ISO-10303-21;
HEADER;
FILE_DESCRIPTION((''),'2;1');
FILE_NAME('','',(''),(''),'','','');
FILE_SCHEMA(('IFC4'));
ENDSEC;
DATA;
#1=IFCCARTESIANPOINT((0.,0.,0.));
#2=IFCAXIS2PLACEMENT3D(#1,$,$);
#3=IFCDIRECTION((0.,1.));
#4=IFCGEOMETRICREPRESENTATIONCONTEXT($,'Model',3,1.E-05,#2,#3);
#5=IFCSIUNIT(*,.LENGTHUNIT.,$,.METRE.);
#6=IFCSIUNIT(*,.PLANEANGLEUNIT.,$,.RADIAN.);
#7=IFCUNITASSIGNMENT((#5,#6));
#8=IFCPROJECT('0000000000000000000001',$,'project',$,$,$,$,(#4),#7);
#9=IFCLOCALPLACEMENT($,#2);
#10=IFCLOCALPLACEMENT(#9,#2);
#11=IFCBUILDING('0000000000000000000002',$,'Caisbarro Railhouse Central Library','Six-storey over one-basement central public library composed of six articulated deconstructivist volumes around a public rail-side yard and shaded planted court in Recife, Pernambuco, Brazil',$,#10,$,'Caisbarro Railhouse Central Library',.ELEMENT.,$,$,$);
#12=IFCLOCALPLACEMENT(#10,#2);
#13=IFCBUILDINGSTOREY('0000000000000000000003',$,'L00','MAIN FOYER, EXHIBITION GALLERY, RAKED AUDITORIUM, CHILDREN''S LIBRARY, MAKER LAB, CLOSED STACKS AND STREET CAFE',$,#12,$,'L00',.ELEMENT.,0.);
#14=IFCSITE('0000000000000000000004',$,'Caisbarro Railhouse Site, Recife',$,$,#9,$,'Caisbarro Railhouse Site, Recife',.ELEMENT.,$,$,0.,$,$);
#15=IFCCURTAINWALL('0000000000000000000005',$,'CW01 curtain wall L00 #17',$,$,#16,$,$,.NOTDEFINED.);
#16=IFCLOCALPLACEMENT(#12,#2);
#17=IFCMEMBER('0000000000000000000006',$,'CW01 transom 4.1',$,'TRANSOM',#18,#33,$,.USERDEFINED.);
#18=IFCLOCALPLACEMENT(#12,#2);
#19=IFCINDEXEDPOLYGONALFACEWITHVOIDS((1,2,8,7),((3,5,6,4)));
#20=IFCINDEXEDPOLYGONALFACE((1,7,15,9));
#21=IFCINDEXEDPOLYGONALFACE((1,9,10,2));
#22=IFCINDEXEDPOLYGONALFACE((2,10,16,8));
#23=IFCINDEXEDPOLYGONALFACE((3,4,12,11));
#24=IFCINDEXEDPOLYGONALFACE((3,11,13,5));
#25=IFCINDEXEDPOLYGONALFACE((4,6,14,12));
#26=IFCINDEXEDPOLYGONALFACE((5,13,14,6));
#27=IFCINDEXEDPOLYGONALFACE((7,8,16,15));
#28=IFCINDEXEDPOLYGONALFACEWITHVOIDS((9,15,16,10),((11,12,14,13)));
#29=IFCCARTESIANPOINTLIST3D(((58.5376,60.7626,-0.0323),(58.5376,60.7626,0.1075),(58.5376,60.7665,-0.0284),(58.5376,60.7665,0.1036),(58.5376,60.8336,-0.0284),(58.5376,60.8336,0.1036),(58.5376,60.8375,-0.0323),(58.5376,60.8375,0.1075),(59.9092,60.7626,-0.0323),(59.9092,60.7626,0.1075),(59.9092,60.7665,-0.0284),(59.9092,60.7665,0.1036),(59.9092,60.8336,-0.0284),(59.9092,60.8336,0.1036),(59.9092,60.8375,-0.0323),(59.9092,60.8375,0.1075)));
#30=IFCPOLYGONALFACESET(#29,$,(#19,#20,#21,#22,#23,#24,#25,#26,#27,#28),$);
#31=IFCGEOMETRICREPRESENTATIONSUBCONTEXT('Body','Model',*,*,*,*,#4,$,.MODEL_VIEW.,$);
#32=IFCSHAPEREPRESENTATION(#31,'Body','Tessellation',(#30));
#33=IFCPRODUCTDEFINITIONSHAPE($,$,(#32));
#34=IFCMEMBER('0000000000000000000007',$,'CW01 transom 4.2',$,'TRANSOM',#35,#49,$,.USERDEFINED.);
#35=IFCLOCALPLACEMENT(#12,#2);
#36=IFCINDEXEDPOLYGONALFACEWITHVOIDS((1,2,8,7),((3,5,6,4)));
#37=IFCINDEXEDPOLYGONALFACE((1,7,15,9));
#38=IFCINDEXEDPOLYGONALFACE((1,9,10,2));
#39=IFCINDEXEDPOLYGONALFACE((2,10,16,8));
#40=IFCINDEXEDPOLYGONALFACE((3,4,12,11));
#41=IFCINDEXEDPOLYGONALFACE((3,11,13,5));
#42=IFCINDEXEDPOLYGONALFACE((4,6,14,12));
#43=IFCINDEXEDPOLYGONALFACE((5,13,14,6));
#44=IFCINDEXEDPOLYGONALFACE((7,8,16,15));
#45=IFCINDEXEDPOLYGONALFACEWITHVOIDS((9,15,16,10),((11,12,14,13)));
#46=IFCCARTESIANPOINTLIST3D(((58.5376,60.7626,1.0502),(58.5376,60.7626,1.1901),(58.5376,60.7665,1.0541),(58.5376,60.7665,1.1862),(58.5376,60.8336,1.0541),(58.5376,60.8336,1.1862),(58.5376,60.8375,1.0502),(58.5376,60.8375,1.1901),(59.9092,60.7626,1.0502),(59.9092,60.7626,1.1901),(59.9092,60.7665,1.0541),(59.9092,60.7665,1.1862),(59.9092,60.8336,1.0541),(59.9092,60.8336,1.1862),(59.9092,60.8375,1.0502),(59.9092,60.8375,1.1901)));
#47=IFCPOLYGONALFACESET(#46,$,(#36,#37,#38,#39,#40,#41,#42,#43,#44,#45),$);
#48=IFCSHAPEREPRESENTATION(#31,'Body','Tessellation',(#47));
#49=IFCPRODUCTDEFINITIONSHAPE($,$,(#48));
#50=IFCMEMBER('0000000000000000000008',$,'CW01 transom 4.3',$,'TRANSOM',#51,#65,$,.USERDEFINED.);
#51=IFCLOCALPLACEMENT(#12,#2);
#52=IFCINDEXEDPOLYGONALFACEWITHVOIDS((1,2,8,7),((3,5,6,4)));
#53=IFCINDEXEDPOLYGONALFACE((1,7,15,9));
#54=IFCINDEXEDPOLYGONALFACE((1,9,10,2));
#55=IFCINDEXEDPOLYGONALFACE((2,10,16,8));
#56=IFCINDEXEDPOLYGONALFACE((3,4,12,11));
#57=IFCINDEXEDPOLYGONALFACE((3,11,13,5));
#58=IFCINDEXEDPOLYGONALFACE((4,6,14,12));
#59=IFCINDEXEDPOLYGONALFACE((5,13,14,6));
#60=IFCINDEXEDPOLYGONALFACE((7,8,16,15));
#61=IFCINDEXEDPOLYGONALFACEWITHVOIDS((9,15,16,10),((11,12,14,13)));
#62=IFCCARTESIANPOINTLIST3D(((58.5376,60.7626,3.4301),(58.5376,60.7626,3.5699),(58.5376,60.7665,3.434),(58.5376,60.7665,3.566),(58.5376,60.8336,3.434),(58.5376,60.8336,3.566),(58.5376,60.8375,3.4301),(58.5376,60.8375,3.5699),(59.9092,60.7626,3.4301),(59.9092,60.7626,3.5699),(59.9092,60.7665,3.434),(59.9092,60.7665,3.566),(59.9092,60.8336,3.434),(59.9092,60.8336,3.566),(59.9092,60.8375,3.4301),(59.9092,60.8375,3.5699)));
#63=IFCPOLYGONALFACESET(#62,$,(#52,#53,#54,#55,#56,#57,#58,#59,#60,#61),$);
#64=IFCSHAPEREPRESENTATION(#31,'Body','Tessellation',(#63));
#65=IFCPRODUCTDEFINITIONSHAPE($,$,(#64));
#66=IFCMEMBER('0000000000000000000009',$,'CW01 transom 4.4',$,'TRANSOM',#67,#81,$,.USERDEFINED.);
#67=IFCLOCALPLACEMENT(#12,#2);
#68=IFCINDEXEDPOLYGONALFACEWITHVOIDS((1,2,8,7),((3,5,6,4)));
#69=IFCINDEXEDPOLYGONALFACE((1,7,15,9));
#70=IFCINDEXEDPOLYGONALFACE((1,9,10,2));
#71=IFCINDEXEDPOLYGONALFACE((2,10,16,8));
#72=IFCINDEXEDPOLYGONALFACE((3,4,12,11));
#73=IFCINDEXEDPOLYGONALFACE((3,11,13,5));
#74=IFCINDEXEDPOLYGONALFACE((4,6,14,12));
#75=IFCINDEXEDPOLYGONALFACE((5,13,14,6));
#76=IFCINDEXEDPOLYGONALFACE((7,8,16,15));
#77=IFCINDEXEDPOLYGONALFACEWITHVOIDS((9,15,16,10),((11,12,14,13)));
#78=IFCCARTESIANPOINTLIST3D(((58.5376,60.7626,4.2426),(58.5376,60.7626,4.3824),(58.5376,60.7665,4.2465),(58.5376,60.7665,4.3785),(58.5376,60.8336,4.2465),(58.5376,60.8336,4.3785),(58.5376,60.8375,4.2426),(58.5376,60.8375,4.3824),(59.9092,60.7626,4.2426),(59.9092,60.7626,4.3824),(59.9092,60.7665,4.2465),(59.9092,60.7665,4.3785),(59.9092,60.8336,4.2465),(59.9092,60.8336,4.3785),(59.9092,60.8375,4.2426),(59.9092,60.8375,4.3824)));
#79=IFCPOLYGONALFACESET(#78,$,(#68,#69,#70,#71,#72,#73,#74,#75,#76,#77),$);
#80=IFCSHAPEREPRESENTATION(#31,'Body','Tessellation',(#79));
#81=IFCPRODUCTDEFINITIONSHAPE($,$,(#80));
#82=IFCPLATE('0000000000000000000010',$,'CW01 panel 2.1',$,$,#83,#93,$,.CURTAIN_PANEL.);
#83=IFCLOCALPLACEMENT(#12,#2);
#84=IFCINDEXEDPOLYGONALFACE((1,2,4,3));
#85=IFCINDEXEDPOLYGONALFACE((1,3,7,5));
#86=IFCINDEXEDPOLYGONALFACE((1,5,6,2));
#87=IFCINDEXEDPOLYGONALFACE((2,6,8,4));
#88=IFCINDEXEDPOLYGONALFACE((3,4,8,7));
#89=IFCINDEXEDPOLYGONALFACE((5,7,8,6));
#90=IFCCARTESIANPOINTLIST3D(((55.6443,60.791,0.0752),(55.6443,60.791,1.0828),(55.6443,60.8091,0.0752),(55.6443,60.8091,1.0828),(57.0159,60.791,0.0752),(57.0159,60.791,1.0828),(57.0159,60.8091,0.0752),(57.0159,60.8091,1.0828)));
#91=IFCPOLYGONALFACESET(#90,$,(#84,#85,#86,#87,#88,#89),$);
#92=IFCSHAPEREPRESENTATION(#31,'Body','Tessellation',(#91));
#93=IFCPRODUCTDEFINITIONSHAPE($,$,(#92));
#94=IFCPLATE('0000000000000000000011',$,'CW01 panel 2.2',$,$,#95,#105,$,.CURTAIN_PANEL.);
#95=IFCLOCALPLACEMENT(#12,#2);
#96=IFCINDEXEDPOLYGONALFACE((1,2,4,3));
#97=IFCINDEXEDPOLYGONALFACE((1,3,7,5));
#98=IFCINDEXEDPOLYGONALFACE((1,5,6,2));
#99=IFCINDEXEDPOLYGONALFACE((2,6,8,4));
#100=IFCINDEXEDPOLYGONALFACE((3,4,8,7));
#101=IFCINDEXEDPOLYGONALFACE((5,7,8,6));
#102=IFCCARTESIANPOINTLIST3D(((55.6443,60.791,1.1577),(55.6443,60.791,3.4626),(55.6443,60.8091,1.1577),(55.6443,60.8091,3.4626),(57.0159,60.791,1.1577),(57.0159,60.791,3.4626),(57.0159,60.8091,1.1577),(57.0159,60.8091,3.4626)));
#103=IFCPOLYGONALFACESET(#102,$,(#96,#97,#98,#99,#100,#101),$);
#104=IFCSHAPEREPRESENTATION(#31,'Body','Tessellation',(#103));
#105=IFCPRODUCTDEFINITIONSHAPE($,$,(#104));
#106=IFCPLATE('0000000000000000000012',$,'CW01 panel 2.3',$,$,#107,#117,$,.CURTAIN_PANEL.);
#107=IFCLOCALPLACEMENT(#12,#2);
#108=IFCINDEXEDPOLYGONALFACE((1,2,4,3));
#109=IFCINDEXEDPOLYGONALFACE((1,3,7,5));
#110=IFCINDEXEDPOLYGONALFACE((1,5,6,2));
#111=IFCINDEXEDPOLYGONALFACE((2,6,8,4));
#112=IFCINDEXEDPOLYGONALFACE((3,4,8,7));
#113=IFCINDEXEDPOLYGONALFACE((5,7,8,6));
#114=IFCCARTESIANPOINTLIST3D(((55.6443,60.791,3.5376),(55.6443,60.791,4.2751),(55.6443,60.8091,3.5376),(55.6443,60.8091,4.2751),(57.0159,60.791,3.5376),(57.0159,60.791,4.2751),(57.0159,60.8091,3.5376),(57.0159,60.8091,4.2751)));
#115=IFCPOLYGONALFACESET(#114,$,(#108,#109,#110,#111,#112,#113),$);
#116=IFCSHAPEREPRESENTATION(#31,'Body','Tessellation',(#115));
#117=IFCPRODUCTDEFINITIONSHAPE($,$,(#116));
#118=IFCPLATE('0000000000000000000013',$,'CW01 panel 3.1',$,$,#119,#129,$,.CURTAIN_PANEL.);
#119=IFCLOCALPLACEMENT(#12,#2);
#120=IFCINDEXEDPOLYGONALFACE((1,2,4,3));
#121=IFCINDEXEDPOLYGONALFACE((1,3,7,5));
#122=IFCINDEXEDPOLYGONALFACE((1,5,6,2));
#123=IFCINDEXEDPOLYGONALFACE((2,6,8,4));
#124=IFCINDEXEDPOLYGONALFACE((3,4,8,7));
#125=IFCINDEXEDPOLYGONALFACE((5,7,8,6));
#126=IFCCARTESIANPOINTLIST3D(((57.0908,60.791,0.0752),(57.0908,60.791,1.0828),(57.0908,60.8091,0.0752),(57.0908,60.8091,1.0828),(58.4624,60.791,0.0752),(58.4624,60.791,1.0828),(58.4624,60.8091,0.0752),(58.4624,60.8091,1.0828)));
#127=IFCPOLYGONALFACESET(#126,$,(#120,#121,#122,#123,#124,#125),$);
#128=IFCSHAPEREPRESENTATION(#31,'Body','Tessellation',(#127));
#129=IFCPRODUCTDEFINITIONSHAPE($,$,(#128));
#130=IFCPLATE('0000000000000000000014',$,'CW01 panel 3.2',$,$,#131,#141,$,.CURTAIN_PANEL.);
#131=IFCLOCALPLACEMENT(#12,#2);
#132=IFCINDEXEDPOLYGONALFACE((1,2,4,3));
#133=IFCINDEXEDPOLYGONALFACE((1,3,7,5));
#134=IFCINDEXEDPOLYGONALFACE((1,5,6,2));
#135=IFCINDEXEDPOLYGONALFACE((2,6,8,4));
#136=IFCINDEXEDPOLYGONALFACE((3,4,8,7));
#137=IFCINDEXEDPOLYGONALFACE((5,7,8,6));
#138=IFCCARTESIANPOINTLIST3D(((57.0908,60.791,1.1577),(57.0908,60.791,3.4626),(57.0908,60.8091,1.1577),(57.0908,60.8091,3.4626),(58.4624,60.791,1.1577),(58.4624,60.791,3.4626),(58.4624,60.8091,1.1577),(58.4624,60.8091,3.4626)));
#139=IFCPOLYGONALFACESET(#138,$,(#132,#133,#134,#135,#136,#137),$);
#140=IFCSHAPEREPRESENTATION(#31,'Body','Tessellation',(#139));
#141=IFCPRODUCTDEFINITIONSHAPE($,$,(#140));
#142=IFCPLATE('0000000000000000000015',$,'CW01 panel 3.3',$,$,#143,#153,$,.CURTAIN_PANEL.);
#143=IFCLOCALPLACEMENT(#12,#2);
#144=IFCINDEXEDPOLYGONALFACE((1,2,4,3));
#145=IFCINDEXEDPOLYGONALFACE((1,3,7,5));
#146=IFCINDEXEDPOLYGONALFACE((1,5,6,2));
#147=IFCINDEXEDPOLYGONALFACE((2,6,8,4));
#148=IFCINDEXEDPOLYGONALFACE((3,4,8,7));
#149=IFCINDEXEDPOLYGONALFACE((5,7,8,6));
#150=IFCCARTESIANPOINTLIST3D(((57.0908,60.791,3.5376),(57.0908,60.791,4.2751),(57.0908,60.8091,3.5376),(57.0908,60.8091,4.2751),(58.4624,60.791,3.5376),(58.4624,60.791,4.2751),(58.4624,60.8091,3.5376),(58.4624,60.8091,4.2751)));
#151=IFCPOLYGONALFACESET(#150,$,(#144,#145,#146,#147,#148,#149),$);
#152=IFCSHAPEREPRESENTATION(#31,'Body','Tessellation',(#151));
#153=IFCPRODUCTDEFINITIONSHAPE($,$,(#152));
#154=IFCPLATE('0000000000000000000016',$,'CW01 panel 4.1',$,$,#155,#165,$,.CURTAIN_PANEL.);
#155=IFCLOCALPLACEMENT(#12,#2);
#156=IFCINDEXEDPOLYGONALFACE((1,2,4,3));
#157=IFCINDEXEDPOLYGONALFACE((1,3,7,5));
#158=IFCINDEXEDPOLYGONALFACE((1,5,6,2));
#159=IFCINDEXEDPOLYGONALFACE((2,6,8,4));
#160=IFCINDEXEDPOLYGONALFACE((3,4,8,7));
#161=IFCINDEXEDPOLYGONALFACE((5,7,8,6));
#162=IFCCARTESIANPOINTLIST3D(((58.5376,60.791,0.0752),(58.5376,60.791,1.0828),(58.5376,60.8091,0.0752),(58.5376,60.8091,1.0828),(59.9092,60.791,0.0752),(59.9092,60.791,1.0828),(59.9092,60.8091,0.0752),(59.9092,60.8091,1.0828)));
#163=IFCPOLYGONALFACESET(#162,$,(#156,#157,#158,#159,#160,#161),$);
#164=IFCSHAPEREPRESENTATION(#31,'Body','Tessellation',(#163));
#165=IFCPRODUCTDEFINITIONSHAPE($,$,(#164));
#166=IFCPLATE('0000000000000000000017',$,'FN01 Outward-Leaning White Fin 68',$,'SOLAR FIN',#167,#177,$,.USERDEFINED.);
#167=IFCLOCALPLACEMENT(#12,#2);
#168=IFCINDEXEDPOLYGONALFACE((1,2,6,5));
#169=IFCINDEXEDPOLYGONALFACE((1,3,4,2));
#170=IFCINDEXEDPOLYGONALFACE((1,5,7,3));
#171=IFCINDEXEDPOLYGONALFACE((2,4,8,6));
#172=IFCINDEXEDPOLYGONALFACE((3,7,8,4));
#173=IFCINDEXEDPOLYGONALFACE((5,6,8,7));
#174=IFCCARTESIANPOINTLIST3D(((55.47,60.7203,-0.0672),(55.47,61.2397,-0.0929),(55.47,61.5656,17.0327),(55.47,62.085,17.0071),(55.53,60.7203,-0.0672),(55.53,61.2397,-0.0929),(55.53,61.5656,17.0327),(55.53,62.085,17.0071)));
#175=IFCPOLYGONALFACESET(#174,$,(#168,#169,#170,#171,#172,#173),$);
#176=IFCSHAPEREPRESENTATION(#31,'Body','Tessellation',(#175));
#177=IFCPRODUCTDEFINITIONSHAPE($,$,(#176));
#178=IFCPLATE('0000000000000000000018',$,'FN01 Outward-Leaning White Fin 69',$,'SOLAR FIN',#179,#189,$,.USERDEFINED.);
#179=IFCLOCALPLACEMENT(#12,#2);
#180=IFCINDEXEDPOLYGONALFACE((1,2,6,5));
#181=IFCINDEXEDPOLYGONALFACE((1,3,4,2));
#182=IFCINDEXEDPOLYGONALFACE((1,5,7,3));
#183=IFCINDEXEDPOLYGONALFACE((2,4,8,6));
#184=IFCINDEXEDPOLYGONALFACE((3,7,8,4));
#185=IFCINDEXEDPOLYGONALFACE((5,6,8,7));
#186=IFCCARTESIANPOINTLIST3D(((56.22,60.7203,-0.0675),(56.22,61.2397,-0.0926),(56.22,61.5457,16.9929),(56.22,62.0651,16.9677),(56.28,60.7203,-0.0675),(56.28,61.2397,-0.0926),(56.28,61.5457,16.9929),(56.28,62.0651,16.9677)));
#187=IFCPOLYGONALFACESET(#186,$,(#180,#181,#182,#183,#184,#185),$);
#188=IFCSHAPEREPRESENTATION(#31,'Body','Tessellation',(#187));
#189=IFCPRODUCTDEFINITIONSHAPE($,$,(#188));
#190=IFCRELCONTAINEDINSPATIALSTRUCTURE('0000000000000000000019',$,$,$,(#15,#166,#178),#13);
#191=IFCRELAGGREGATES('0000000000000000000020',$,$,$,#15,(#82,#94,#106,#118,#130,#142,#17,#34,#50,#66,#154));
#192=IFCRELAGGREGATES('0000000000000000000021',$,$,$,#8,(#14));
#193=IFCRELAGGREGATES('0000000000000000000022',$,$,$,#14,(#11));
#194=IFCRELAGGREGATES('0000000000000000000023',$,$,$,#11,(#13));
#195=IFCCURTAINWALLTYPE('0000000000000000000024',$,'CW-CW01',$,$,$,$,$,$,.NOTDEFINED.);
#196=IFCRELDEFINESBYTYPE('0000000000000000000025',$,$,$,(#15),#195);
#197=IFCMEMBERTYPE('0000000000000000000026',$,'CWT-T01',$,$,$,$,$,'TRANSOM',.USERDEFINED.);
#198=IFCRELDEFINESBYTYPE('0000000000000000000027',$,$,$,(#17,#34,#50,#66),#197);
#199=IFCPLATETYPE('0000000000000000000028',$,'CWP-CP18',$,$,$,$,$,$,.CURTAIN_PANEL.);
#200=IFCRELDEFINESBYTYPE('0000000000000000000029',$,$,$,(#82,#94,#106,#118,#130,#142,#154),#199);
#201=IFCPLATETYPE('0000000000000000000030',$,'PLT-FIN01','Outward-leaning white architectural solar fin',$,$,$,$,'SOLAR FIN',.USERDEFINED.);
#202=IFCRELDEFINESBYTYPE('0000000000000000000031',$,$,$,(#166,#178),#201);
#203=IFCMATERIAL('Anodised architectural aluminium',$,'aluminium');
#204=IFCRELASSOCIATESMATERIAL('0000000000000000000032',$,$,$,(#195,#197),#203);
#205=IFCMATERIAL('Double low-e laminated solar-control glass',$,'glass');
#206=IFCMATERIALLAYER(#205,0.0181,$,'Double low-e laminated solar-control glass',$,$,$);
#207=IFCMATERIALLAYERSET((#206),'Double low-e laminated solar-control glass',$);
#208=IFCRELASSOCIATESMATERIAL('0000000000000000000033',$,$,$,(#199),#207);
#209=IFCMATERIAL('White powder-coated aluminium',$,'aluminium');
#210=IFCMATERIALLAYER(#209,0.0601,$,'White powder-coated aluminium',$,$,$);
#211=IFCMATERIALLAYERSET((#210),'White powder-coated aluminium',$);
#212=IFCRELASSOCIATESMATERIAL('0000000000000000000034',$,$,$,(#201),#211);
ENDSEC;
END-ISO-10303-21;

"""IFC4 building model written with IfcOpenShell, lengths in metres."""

from ifc_helpers import new_model, si_unit, direction, frame, origin, origin_2d, place, context, subcontext, project, spatial, rectangle, hollow_rectangle, extrude, material, layer, layer_set, material_profile, profile_set, type_object, element, aggregate, save


model = new_model("IFC4")

# Units and contexts
model_context = context("Model", 3, precision=1e-05, world=origin(), true_north=direction((0.0, 1.0)))
body_context = subcontext(model_context, "Body", "Model", "MODEL_VIEW")
ifc_project = project(units=[si_unit("LENGTHUNIT", "METRE"), si_unit("PLANEANGLEUNIT", "RADIAN")], contexts=[model_context])

# Site, building, storey
site_placement = place(None, origin())
site = spatial("IfcSite", under=ifc_project, at=site_placement, Name="Caisbarro Railhouse Site, Recife", LongName="Caisbarro Railhouse Site, Recife", CompositionType="ELEMENT", RefElevation=0.0)
building_placement = place(site_placement, origin())
building = spatial("IfcBuilding", under=site, at=building_placement, Name="Caisbarro Railhouse Central Library", Description="Six-storey over one-basement central public library composed of six articulated deconstructivist volumes around a public rail-side yard and shaded planted court in Recife, Pernambuco, Brazil", LongName="Caisbarro Railhouse Central Library", CompositionType="ELEMENT")
storey_placement = place(building_placement, origin())
storey = spatial("IfcBuildingStorey", under=building, at=storey_placement, Name="L00", Description="MAIN FOYER, EXHIBITION GALLERY, RAKED AUDITORIUM, CHILDREN'S LIBRARY, MAKER LAB, CLOSED STACKS AND STREET CAFE", LongName="L00", CompositionType="ELEMENT", Elevation=0.0)

# Curtain wall, members, plates
ifc_material_1 = material(Name="Anodised architectural aluminium", Category="aluminium")
curtain_wall_type = type_object("IfcCurtainWallType", Name="CW-CW01", PredefinedType="NOTDEFINED", material=ifc_material_1)
curtain_wall_placement = place(storey_placement, origin())
curtain_wall = element("IfcCurtainWall", 1, at=curtain_wall_placement, inside=storey, type_object=curtain_wall_type, Name="CW01 curtain wall L00 #17", PredefinedType="NOTDEFINED")
ifc_material_profile_1 = material_profile(ifc_material_1, hollow_rectangle(XDim=0.075, YDim=0.1399, WallThickness=0.0039, at=origin_2d()), Name="ALU-TRN-75X140")
ifc_profile_set_1 = profile_set([ifc_material_profile_1], Name="Anodised architectural aluminium")
member_type_1 = type_object("IfcMemberType", Name="CWT-T01", ElementType="TRANSOM", PredefinedType="USERDEFINED", material=ifc_profile_set_1)
member_1_placement = place(storey_placement, frame((58.5376, 60.8, 0.0376), z_axis=(1.0, 0.0, 0.0), x_axis=(0.0, 1.0, 0.0)))
member_1 = element("IfcMember", 2, at=member_1_placement, type_object=member_type_1, Name="CW01 transom 4.1", ObjectType="TRANSOM", PredefinedType="USERDEFINED", context=body_context, shape_type="SweptSolid", body=[
    extrude(hollow_rectangle(XDim=0.075, YDim=0.1399, WallThickness=0.0039, at=origin_2d()), origin(), (0.0, 0.0, 1.0), 1.3716),
])
member_2_placement = place(storey_placement, frame((58.5376, 60.8, 1.1201), z_axis=(1.0, 0.0, 0.0), x_axis=(0.0, 1.0, 0.0)))
member_2 = element("IfcMember", 3, at=member_2_placement, type_object=member_type_1, Name="CW01 transom 4.2", ObjectType="TRANSOM", PredefinedType="USERDEFINED", context=body_context, shape_type="SweptSolid", body=[
    extrude(hollow_rectangle(XDim=0.075, YDim=0.1399, WallThickness=0.0039, at=origin_2d()), origin(), (0.0, 0.0, 1.0), 1.3716),
])
member_3_placement = place(storey_placement, frame((58.5376, 60.8, 3.5), z_axis=(1.0, 0.0, 0.0), x_axis=(0.0, 1.0, 0.0)))
member_3 = element("IfcMember", 4, at=member_3_placement, type_object=member_type_1, Name="CW01 transom 4.3", ObjectType="TRANSOM", PredefinedType="USERDEFINED", context=body_context, shape_type="SweptSolid", body=[
    extrude(hollow_rectangle(XDim=0.075, YDim=0.1399, WallThickness=0.0039, at=origin_2d()), origin(), (0.0, 0.0, 1.0), 1.3716),
])
member_4_placement = place(storey_placement, frame((58.5376, 60.8, 4.3125), z_axis=(1.0, 0.0, 0.0), x_axis=(0.0, 1.0, 0.0)))
member_4 = element("IfcMember", 5, at=member_4_placement, type_object=member_type_1, Name="CW01 transom 4.4", ObjectType="TRANSOM", PredefinedType="USERDEFINED", context=body_context, shape_type="SweptSolid", body=[
    extrude(hollow_rectangle(XDim=0.075, YDim=0.1399, WallThickness=0.0039, at=origin_2d()), origin(), (0.0, 0.0, 1.0), 1.3716),
])
ifc_material_2 = material(Name="Double low-e laminated solar-control glass", Category="glass")
ifc_layer_1 = layer(ifc_material_2, 0.0181, Name="Double low-e laminated solar-control glass")
ifc_layer_set_1 = layer_set([ifc_layer_1], Name="Double low-e laminated solar-control glass")
plate_type_1 = type_object("IfcPlateType", Name="CWP-CP18", PredefinedType="CURTAIN_PANEL", material=ifc_layer_set_1)
plate_1_placement = place(storey_placement, frame((56.3301, 60.8, 0.0752), z_axis=(0.0, 0.0, 1.0), x_axis=(1.0, 0.0, 0.0)))
plate_1 = element("IfcPlate", 6, at=plate_1_placement, type_object=plate_type_1, Name="CW01 panel 2.1", PredefinedType="CURTAIN_PANEL", context=body_context, shape_type="SweptSolid", body=[
    extrude(rectangle(XDim=1.3716, YDim=0.0181, at=origin_2d()), origin(), (0.0, 0.0, 1.0), 1.0076),
])
plate_2_placement = place(storey_placement, frame((56.3301, 60.8, 1.1577), z_axis=(0.0, 0.0, 1.0), x_axis=(1.0, 0.0, 0.0)))
plate_2 = element("IfcPlate", 7, at=plate_2_placement, type_object=plate_type_1, Name="CW01 panel 2.2", PredefinedType="CURTAIN_PANEL", context=body_context, shape_type="SweptSolid", body=[
    extrude(rectangle(XDim=1.3716, YDim=0.0181, at=origin_2d()), origin(), (0.0, 0.0, 1.0), 2.3049),
])
plate_3_placement = place(storey_placement, frame((56.3301, 60.8, 3.5376), z_axis=(0.0, 0.0, 1.0), x_axis=(1.0, 0.0, 0.0)))
plate_3 = element("IfcPlate", 8, at=plate_3_placement, type_object=plate_type_1, Name="CW01 panel 2.3", PredefinedType="CURTAIN_PANEL", context=body_context, shape_type="SweptSolid", body=[
    extrude(rectangle(XDim=1.3716, YDim=0.0181, at=origin_2d()), origin(), (0.0, 0.0, 1.0), 0.7375),
])
plate_4_placement = place(storey_placement, frame((57.7766, 60.8, 0.0752), z_axis=(0.0, 0.0, 1.0), x_axis=(1.0, 0.0, 0.0)))
plate_4 = element("IfcPlate", 9, at=plate_4_placement, type_object=plate_type_1, Name="CW01 panel 3.1", PredefinedType="CURTAIN_PANEL", context=body_context, shape_type="SweptSolid", body=[
    extrude(rectangle(XDim=1.3716, YDim=0.0181, at=origin_2d()), origin(), (0.0, 0.0, 1.0), 1.0076),
])
plate_5_placement = place(storey_placement, frame((57.7766, 60.8, 1.1577), z_axis=(0.0, 0.0, 1.0), x_axis=(1.0, 0.0, 0.0)))
plate_5 = element("IfcPlate", 10, at=plate_5_placement, type_object=plate_type_1, Name="CW01 panel 3.2", PredefinedType="CURTAIN_PANEL", context=body_context, shape_type="SweptSolid", body=[
    extrude(rectangle(XDim=1.3716, YDim=0.0181, at=origin_2d()), origin(), (0.0, 0.0, 1.0), 2.3049),
])
plate_6_placement = place(storey_placement, frame((57.7766, 60.8, 3.5376), z_axis=(0.0, 0.0, 1.0), x_axis=(1.0, 0.0, 0.0)))
plate_6 = element("IfcPlate", 11, at=plate_6_placement, type_object=plate_type_1, Name="CW01 panel 3.3", PredefinedType="CURTAIN_PANEL", context=body_context, shape_type="SweptSolid", body=[
    extrude(rectangle(XDim=1.3716, YDim=0.0181, at=origin_2d()), origin(), (0.0, 0.0, 1.0), 0.7375),
])
plate_7_placement = place(storey_placement, frame((59.2234, 60.8, 0.0752), z_axis=(0.0, 0.0, 1.0), x_axis=(1.0, 0.0, 0.0)))
plate_7 = element("IfcPlate", 12, at=plate_7_placement, type_object=plate_type_1, Name="CW01 panel 4.1", PredefinedType="CURTAIN_PANEL", context=body_context, shape_type="SweptSolid", body=[
    extrude(rectangle(XDim=1.3716, YDim=0.0181, at=origin_2d()), origin(), (0.0, 0.0, 1.0), 1.0076),
])
aggregate(curtain_wall, [plate_1, plate_2, plate_3, plate_4, plate_5, plate_6, member_1, member_2, member_3, member_4, plate_7])

# Plates
ifc_material_3 = material(Name="White powder-coated aluminium", Category="aluminium")
ifc_layer_2 = layer(ifc_material_3, 0.0601, Name="White powder-coated aluminium")
ifc_layer_set_2 = layer_set([ifc_layer_2], Name="White powder-coated aluminium")
plate_type_2 = type_object("IfcPlateType", Name="PLT-FIN01", Description="Outward-leaning white architectural solar fin", ElementType="SOLAR FIN", PredefinedType="USERDEFINED", material=ifc_layer_set_2)
plate_8_placement = place(storey_placement, frame((55.5, 60.98, -0.0801), z_axis=(0.0, 0.049373, 0.99878), x_axis=(1.0, 0.0, 0.0)))
element("IfcPlate", 13, at=plate_8_placement, inside=storey, type_object=plate_type_2, Name="FN01 Outward-Leaning White Fin 68", ObjectType="SOLAR FIN", PredefinedType="USERDEFINED", context=body_context, shape_type="SweptSolid", body=[
    extrude(rectangle(XDim=0.0601, YDim=0.52, at=origin_2d()), origin(), (0.0, 0.0, 1.0), 17.1208),
])
plate_9_placement = place(storey_placement, frame((56.25, 60.98, -0.0801), z_axis=(0.0, 0.048327, 0.998832), x_axis=(1.0, 0.0, 0.0)))
element("IfcPlate", 14, at=plate_9_placement, inside=storey, type_object=plate_type_2, Name="FN01 Outward-Leaning White Fin 69", ObjectType="SOLAR FIN", PredefinedType="USERDEFINED", context=body_context, shape_type="SweptSolid", body=[
    extrude(rectangle(XDim=0.0601, YDim=0.52, at=origin_2d()), origin(), (0.0, 0.0, 1.0), 17.0803),
])

save(model, "model.ifc")
